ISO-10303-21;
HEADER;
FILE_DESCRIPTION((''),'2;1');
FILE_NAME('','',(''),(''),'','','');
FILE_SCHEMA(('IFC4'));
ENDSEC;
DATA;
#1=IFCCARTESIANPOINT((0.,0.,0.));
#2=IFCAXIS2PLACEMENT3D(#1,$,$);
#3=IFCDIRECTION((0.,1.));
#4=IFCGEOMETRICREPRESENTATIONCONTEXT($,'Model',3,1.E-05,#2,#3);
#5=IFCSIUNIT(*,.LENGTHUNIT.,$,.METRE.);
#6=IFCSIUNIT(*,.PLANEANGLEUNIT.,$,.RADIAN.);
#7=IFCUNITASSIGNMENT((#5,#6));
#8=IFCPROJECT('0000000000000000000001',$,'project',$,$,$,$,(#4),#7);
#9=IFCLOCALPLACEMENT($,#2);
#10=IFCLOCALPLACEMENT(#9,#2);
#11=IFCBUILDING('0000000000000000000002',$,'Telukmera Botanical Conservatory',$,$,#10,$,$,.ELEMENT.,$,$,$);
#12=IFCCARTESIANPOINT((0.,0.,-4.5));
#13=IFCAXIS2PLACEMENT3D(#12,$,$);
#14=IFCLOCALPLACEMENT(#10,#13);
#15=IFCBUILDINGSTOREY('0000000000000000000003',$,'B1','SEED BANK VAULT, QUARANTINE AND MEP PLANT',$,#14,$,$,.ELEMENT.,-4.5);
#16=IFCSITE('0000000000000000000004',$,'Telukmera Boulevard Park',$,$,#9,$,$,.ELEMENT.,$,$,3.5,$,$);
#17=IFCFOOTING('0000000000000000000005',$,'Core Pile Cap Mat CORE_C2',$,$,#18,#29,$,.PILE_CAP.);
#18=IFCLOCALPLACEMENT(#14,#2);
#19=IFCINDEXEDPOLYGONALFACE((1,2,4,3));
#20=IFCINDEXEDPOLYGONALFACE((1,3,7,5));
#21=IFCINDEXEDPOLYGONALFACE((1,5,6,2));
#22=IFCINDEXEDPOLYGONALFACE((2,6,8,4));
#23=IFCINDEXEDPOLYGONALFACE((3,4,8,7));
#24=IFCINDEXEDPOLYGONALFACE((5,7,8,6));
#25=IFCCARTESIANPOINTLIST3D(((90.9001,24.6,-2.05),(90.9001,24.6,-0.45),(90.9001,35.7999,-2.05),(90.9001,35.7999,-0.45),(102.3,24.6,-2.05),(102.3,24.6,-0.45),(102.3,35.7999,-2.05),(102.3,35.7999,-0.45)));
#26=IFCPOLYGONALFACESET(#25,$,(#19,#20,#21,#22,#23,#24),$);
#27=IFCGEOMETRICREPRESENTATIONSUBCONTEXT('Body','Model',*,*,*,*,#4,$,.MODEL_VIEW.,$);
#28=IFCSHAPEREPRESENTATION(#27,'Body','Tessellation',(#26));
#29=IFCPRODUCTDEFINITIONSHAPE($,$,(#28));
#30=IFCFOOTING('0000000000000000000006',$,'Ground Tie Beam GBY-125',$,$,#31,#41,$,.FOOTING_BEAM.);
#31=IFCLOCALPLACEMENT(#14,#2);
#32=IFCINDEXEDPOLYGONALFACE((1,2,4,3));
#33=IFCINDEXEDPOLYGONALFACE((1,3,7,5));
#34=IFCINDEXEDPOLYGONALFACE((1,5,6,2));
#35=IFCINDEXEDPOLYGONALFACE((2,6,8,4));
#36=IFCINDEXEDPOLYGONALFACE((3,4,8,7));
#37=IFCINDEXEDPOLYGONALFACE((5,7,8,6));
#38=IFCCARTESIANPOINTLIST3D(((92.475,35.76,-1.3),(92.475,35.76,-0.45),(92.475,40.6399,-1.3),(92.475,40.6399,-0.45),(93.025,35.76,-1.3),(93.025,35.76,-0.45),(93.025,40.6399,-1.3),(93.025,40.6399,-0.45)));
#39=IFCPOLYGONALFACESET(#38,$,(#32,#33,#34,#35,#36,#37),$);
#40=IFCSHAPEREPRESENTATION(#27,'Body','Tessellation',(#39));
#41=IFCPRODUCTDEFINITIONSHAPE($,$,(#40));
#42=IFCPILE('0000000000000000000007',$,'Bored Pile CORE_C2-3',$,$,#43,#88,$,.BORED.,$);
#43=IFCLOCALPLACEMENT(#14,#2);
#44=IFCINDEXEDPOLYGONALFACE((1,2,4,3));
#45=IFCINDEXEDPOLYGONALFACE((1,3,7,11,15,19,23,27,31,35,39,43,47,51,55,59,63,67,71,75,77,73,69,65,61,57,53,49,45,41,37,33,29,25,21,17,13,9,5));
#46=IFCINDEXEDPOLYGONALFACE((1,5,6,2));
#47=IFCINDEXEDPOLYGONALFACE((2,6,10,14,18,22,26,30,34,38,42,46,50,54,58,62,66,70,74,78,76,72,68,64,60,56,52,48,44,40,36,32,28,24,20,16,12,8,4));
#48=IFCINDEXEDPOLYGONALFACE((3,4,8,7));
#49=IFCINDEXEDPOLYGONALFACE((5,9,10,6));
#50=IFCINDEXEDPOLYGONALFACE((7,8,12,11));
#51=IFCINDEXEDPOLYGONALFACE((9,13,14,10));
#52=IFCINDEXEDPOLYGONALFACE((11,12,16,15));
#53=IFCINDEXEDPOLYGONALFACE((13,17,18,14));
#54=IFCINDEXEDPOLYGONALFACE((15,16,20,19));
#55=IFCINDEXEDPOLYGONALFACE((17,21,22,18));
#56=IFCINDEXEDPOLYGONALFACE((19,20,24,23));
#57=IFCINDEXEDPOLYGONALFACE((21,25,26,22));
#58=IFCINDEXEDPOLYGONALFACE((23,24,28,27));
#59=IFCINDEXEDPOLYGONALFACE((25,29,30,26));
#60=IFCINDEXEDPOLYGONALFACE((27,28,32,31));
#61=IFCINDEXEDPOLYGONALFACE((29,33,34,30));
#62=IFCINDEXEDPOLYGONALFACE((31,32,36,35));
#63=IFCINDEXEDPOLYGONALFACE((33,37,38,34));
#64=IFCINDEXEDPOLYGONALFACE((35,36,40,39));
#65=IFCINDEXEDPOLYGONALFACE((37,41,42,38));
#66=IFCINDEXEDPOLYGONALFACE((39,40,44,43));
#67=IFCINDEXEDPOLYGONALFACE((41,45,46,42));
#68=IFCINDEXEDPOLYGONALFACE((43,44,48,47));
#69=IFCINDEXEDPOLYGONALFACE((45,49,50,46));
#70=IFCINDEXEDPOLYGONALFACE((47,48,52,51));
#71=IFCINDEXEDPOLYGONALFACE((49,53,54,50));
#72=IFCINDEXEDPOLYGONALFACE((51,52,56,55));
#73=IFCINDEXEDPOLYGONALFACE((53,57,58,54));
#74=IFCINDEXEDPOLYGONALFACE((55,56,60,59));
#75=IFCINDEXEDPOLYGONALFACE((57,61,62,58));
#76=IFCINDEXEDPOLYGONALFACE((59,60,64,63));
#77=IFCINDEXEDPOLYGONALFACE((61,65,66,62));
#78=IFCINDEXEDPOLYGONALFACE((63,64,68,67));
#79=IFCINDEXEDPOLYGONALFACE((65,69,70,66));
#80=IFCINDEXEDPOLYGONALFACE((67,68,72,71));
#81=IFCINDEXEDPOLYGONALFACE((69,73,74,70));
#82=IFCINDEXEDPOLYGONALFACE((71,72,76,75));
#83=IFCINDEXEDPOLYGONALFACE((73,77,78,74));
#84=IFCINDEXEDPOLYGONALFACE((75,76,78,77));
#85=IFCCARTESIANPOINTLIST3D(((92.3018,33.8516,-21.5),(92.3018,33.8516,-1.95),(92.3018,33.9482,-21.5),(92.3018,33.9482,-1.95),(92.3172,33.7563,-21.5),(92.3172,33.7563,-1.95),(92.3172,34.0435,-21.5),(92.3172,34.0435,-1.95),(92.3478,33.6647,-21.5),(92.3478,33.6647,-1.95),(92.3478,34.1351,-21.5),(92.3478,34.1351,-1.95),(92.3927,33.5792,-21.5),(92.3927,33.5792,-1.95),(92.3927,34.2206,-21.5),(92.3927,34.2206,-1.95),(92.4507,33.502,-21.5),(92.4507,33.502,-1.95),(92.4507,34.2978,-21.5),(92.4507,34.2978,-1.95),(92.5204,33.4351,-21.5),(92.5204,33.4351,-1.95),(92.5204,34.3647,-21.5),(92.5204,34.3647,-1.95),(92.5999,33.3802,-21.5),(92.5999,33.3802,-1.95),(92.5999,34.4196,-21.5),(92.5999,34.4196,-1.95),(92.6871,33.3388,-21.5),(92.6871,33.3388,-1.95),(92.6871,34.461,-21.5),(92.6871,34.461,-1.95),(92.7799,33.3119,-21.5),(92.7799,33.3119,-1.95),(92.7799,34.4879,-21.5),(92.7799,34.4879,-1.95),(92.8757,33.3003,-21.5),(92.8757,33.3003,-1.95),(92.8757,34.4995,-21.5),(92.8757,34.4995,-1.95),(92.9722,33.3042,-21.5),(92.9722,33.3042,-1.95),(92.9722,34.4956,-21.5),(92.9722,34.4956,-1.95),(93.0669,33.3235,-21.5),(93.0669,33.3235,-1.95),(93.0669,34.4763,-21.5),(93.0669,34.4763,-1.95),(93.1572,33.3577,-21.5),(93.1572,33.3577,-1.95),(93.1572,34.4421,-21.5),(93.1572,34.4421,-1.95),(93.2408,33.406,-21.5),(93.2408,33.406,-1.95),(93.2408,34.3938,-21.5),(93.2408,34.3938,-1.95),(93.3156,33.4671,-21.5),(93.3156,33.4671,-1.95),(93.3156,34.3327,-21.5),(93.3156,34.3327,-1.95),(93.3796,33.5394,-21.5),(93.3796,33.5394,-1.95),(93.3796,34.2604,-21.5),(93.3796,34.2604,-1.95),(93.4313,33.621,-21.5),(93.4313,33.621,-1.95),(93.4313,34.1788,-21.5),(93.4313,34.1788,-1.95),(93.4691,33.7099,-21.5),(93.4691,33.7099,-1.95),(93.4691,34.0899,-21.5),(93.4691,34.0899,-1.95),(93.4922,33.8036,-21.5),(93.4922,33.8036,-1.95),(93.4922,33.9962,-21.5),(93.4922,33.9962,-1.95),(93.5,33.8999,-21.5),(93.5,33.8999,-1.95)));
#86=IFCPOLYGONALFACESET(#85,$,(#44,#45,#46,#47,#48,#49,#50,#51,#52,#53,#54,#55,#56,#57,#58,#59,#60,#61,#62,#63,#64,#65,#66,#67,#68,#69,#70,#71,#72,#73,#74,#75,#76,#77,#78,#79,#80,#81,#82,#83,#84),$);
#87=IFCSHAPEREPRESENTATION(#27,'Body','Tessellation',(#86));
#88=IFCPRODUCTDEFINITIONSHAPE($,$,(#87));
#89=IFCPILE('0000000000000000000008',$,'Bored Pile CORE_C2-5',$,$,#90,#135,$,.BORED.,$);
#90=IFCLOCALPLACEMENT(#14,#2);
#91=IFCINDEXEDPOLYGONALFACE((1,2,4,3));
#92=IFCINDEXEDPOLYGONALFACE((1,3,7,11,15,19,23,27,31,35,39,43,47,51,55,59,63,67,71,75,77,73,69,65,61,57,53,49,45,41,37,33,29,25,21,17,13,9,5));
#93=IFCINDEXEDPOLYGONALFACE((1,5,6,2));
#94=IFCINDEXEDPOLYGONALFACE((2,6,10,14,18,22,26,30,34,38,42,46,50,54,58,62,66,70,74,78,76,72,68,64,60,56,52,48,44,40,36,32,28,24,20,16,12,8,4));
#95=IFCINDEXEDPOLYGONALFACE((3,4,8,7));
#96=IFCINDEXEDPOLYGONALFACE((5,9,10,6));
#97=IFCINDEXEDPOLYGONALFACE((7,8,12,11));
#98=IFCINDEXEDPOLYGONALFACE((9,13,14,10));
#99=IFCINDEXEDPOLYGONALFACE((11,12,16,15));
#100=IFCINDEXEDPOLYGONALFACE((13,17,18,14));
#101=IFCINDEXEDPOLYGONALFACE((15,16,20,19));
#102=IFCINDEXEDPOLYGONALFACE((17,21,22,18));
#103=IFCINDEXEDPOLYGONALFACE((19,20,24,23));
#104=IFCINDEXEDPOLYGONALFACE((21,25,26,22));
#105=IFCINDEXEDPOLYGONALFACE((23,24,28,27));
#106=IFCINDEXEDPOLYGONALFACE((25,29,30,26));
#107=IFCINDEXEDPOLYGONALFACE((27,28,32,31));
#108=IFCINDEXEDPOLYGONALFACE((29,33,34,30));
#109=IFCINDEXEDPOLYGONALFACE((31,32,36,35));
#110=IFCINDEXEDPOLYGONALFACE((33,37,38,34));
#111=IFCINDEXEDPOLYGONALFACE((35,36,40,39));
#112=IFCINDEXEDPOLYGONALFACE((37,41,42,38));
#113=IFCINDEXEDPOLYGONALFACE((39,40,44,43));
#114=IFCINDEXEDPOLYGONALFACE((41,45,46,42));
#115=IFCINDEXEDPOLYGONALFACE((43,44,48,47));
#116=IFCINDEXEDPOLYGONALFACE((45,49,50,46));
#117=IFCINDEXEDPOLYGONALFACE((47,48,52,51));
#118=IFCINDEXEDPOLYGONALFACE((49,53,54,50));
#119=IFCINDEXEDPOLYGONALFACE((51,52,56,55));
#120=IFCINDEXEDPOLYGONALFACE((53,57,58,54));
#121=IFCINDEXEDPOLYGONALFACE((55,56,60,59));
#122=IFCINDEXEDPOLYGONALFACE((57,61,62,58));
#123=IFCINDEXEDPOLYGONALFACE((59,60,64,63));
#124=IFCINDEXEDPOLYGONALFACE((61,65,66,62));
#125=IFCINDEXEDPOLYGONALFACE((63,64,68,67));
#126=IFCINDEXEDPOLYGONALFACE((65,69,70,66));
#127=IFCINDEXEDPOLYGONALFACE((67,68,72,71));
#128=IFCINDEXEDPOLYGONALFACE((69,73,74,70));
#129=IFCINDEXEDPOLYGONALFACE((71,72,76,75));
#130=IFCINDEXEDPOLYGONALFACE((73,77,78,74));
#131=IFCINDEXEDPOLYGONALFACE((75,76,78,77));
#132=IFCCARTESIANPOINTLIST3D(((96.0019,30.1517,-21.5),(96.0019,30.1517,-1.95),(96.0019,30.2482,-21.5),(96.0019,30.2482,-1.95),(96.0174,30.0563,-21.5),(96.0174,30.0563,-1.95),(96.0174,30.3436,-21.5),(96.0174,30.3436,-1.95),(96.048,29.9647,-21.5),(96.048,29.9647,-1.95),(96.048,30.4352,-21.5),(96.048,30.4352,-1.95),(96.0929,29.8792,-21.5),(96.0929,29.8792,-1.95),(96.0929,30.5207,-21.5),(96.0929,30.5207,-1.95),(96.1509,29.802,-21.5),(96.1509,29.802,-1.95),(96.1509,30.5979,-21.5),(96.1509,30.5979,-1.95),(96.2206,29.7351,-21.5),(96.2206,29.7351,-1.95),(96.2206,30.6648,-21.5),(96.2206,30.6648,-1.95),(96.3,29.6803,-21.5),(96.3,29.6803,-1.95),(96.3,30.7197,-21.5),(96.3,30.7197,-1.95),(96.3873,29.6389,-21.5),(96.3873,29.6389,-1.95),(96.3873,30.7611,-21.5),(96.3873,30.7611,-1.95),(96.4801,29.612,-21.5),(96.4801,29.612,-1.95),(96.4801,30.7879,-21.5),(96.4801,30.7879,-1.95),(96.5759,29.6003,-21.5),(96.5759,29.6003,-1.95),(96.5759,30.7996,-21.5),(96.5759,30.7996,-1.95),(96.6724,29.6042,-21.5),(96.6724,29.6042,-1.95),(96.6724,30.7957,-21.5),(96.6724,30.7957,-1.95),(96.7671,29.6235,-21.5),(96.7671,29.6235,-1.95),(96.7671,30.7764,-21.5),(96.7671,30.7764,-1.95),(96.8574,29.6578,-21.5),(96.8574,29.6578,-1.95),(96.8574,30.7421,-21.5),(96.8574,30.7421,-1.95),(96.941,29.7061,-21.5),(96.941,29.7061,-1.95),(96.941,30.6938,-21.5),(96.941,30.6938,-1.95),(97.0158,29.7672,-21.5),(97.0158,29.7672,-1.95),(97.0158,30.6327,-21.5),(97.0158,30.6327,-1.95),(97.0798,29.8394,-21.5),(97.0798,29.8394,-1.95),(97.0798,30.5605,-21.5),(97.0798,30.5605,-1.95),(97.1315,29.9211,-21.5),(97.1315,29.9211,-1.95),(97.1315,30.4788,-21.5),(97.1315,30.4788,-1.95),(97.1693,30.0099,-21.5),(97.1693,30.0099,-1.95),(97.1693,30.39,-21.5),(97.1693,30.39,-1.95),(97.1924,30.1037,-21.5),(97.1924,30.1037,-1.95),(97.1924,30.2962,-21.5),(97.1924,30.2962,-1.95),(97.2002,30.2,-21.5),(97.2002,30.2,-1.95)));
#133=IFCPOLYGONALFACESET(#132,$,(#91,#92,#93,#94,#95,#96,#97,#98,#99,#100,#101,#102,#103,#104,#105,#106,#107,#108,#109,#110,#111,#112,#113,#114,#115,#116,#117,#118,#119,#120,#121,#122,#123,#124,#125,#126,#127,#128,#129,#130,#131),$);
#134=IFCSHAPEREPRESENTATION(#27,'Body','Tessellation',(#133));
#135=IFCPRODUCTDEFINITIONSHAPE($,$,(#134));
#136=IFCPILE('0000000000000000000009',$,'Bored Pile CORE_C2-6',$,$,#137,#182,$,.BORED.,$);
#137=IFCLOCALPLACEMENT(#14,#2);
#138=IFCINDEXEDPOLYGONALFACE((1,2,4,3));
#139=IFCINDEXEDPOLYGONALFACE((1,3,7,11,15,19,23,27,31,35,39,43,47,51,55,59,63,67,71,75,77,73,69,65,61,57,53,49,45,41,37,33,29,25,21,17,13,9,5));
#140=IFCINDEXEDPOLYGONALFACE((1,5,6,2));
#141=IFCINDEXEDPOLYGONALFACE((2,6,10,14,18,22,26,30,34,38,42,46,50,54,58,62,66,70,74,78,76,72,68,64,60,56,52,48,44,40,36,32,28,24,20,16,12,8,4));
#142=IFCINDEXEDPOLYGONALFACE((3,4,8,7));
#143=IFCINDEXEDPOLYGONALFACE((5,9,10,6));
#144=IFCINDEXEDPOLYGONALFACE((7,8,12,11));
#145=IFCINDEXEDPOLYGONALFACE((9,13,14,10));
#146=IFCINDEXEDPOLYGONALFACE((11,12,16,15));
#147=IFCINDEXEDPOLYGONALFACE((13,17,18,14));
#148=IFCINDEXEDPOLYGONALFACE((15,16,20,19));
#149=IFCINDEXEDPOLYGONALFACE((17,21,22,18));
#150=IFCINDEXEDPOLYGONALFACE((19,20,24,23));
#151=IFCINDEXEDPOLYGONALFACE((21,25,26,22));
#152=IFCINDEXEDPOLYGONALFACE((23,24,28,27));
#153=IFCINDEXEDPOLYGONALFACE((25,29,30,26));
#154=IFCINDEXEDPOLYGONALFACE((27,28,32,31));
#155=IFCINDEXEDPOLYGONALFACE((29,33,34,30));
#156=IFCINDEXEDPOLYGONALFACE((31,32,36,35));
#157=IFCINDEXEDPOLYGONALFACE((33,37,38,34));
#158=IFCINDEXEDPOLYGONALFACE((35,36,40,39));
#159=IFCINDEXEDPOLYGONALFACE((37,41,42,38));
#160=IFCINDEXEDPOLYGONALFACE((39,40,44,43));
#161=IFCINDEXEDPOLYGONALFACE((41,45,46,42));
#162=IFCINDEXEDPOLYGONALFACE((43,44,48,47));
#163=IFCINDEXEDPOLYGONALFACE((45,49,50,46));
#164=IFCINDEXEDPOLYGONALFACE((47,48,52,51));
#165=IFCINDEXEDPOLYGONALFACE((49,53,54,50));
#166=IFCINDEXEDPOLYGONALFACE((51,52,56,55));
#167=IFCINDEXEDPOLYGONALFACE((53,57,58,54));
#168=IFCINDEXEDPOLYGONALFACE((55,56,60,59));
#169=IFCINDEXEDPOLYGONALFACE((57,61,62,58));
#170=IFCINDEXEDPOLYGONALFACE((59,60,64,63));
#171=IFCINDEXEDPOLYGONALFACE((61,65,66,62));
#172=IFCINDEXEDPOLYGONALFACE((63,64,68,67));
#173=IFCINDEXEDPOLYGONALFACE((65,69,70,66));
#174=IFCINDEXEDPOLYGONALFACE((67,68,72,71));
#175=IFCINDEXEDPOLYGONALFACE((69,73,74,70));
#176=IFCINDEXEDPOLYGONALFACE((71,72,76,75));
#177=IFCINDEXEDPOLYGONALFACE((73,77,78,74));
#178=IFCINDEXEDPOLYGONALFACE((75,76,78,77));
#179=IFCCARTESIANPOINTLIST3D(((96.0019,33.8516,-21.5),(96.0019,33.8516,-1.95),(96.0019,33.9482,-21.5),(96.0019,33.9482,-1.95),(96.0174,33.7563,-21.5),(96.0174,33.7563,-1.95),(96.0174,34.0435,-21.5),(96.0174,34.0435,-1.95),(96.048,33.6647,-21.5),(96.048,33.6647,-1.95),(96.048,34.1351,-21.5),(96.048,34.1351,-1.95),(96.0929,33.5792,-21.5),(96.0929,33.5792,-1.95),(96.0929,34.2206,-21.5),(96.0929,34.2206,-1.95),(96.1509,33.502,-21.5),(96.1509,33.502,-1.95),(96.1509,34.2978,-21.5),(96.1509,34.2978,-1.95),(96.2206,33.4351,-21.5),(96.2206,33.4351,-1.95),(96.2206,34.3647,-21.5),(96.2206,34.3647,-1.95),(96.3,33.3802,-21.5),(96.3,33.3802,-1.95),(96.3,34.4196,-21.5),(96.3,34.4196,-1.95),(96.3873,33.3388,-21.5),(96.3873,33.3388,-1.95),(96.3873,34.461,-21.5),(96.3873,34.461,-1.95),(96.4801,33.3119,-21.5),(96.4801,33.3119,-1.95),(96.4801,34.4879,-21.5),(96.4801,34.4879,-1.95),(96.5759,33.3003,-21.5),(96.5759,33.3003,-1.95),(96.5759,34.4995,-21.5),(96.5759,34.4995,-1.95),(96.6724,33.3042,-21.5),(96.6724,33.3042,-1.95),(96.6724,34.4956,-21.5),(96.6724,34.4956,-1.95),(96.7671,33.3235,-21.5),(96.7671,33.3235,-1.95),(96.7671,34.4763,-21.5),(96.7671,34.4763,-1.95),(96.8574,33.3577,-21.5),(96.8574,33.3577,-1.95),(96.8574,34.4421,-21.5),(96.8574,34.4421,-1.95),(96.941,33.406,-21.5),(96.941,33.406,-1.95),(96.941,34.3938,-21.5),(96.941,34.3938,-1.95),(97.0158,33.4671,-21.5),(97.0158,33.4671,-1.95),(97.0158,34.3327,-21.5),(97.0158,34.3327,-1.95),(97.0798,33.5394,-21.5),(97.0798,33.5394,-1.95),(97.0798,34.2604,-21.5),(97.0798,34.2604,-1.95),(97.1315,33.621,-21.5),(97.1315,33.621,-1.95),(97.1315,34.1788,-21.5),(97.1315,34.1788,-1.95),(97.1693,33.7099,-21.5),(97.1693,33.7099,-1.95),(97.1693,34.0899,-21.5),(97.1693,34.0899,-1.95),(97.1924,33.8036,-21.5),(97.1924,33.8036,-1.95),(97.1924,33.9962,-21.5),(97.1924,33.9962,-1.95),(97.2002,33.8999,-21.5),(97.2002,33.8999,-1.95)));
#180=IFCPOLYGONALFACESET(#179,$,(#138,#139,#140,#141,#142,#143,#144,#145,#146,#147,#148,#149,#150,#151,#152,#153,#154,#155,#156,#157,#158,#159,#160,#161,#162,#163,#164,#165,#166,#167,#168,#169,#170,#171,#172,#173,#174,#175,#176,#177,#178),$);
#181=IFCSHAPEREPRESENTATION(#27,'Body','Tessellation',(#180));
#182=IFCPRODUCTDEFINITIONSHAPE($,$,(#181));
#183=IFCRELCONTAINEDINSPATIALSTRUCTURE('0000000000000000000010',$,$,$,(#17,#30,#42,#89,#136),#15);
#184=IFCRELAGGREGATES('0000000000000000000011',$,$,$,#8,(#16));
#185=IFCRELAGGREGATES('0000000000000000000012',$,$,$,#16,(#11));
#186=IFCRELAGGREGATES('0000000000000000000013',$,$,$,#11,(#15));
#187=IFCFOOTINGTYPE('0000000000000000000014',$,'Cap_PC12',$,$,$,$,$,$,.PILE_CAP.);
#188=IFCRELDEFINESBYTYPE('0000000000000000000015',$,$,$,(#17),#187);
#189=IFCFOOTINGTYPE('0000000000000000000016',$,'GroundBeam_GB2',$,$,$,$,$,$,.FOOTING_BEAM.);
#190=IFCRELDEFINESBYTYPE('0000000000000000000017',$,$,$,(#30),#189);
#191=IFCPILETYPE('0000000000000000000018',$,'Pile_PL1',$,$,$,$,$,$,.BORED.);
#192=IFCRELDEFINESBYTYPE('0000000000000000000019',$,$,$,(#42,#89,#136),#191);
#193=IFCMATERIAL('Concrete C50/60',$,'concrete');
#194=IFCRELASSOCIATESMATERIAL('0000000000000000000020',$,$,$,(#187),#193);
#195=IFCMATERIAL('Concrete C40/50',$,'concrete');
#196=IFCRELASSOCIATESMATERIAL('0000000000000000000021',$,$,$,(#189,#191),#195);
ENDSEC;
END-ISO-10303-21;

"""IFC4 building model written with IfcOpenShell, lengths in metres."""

from ifc_helpers import new_model, si_unit, direction, frame, origin, origin_2d, place, context, subcontext, project, spatial, rectangle, circle, extrude, material, material_profile, profile_set, type_object, element, save


model = new_model("IFC4")

# Units and contexts
model_context = context("Model", 3, precision=1e-05, world=origin(), true_north=direction((0.0, 1.0)))
body_context = subcontext(model_context, "Body", "Model", "MODEL_VIEW")
ifc_project = project(units=[si_unit("LENGTHUNIT", "METRE"), si_unit("PLANEANGLEUNIT", "RADIAN")], contexts=[model_context])

# Site, building, storey
site_placement = place(None, origin())
site = spatial("IfcSite", under=ifc_project, at=site_placement, Name="Telukmera Boulevard Park", CompositionType="ELEMENT", RefElevation=3.5)
building_placement = place(site_placement, origin())
building = spatial("IfcBuilding", under=site, at=building_placement, Name="Telukmera Botanical Conservatory", CompositionType="ELEMENT")
storey_placement = place(building_placement, frame((0.0, 0.0, -4.5)))
storey = spatial("IfcBuildingStorey", under=building, at=storey_placement, Name="B1", Description="SEED BANK VAULT, QUARANTINE AND MEP PLANT", CompositionType="ELEMENT", Elevation=-4.5)

# Footings
ifc_material_1 = material(Name="Concrete C50/60", Category="concrete")
footing_type_1 = type_object("IfcFootingType", Name="Cap_PC12", PredefinedType="PILE_CAP", material=ifc_material_1)
footing_1_placement = place(storey_placement, frame((96.6001, 30.2, -2.05), z_axis=(0.0, 0.0, 1.0), x_axis=(1.0, 0.0, 0.0)))
element("IfcFooting", 1, at=footing_1_placement, inside=storey, type_object=footing_type_1, Name="Core Pile Cap Mat CORE_C2", PredefinedType="PILE_CAP", context=body_context, shape_type="SweptSolid", body=[
    extrude(rectangle(XDim=11.3999, YDim=11.2, at=origin_2d()), origin(), (0.0, 0.0, 1.0), 1.6001),
])
ifc_material_2 = material(Name="Concrete C40/50", Category="concrete")
ifc_material_profile_1 = material_profile(ifc_material_2, rectangle(XDim=0.55, YDim=0.8501, at=origin_2d()), Name="RC 550x850")
ifc_profile_set_1 = profile_set([ifc_material_profile_1], Name="Concrete C40/50")
footing_type_2 = type_object("IfcFootingType", Name="GroundBeam_GB2", PredefinedType="FOOTING_BEAM", material=ifc_profile_set_1)
footing_2_placement = place(storey_placement, frame((92.75, 35.76, -0.875), z_axis=(0.0, 1.0, 0.0), x_axis=(-1.0, 0.0, 0.0)))
element("IfcFooting", 2, at=footing_2_placement, inside=storey, type_object=footing_type_2, Name="Ground Tie Beam GBY-125", PredefinedType="FOOTING_BEAM", context=body_context, shape_type="SweptSolid", body=[
    extrude(rectangle(XDim=0.55, YDim=0.8501, at=origin_2d()), origin(), (0.0, 0.0, 1.0), 4.8799),
])

# Piles
ifc_material_profile_2 = material_profile(ifc_material_2, circle(Radius=0.6001, at=origin_2d()), Name="PILE D1200")
ifc_profile_set_2 = profile_set([ifc_material_profile_2], Name="Concrete C40/50")
pile_type = type_object("IfcPileType", Name="Pile_PL1", PredefinedType="BORED", material=ifc_profile_set_2)
for number, where, z_axis, x_axis, name in (
    (3, (92.8999, 33.8999, -1.95), (0.0, 0.0, -1.0), (1.0, 0.0, 0.0), "Bored Pile CORE_C2-3"),
    (4, (96.6001, 30.2, -1.95), (0.0, 0.0, -1.0), (1.0, 0.0, 0.0), "Bored Pile CORE_C2-5"),
    (5, (96.6001, 33.8999, -1.95), (0.0, 0.0, -1.0), (1.0, 0.0, 0.0), "Bored Pile CORE_C2-6"),
):
    element("IfcPile", number, at=place(storey_placement, frame(where, z_axis=z_axis, x_axis=x_axis)), inside=storey, type_object=pile_type, Name=name, PredefinedType="BORED", context=body_context, shape_type="SweptSolid", body=[
        extrude(circle(Radius=0.6001, at=origin_2d()), origin(), (0.0, 0.0, 1.0), 19.55),
    ])

save(model, "model.ifc")
